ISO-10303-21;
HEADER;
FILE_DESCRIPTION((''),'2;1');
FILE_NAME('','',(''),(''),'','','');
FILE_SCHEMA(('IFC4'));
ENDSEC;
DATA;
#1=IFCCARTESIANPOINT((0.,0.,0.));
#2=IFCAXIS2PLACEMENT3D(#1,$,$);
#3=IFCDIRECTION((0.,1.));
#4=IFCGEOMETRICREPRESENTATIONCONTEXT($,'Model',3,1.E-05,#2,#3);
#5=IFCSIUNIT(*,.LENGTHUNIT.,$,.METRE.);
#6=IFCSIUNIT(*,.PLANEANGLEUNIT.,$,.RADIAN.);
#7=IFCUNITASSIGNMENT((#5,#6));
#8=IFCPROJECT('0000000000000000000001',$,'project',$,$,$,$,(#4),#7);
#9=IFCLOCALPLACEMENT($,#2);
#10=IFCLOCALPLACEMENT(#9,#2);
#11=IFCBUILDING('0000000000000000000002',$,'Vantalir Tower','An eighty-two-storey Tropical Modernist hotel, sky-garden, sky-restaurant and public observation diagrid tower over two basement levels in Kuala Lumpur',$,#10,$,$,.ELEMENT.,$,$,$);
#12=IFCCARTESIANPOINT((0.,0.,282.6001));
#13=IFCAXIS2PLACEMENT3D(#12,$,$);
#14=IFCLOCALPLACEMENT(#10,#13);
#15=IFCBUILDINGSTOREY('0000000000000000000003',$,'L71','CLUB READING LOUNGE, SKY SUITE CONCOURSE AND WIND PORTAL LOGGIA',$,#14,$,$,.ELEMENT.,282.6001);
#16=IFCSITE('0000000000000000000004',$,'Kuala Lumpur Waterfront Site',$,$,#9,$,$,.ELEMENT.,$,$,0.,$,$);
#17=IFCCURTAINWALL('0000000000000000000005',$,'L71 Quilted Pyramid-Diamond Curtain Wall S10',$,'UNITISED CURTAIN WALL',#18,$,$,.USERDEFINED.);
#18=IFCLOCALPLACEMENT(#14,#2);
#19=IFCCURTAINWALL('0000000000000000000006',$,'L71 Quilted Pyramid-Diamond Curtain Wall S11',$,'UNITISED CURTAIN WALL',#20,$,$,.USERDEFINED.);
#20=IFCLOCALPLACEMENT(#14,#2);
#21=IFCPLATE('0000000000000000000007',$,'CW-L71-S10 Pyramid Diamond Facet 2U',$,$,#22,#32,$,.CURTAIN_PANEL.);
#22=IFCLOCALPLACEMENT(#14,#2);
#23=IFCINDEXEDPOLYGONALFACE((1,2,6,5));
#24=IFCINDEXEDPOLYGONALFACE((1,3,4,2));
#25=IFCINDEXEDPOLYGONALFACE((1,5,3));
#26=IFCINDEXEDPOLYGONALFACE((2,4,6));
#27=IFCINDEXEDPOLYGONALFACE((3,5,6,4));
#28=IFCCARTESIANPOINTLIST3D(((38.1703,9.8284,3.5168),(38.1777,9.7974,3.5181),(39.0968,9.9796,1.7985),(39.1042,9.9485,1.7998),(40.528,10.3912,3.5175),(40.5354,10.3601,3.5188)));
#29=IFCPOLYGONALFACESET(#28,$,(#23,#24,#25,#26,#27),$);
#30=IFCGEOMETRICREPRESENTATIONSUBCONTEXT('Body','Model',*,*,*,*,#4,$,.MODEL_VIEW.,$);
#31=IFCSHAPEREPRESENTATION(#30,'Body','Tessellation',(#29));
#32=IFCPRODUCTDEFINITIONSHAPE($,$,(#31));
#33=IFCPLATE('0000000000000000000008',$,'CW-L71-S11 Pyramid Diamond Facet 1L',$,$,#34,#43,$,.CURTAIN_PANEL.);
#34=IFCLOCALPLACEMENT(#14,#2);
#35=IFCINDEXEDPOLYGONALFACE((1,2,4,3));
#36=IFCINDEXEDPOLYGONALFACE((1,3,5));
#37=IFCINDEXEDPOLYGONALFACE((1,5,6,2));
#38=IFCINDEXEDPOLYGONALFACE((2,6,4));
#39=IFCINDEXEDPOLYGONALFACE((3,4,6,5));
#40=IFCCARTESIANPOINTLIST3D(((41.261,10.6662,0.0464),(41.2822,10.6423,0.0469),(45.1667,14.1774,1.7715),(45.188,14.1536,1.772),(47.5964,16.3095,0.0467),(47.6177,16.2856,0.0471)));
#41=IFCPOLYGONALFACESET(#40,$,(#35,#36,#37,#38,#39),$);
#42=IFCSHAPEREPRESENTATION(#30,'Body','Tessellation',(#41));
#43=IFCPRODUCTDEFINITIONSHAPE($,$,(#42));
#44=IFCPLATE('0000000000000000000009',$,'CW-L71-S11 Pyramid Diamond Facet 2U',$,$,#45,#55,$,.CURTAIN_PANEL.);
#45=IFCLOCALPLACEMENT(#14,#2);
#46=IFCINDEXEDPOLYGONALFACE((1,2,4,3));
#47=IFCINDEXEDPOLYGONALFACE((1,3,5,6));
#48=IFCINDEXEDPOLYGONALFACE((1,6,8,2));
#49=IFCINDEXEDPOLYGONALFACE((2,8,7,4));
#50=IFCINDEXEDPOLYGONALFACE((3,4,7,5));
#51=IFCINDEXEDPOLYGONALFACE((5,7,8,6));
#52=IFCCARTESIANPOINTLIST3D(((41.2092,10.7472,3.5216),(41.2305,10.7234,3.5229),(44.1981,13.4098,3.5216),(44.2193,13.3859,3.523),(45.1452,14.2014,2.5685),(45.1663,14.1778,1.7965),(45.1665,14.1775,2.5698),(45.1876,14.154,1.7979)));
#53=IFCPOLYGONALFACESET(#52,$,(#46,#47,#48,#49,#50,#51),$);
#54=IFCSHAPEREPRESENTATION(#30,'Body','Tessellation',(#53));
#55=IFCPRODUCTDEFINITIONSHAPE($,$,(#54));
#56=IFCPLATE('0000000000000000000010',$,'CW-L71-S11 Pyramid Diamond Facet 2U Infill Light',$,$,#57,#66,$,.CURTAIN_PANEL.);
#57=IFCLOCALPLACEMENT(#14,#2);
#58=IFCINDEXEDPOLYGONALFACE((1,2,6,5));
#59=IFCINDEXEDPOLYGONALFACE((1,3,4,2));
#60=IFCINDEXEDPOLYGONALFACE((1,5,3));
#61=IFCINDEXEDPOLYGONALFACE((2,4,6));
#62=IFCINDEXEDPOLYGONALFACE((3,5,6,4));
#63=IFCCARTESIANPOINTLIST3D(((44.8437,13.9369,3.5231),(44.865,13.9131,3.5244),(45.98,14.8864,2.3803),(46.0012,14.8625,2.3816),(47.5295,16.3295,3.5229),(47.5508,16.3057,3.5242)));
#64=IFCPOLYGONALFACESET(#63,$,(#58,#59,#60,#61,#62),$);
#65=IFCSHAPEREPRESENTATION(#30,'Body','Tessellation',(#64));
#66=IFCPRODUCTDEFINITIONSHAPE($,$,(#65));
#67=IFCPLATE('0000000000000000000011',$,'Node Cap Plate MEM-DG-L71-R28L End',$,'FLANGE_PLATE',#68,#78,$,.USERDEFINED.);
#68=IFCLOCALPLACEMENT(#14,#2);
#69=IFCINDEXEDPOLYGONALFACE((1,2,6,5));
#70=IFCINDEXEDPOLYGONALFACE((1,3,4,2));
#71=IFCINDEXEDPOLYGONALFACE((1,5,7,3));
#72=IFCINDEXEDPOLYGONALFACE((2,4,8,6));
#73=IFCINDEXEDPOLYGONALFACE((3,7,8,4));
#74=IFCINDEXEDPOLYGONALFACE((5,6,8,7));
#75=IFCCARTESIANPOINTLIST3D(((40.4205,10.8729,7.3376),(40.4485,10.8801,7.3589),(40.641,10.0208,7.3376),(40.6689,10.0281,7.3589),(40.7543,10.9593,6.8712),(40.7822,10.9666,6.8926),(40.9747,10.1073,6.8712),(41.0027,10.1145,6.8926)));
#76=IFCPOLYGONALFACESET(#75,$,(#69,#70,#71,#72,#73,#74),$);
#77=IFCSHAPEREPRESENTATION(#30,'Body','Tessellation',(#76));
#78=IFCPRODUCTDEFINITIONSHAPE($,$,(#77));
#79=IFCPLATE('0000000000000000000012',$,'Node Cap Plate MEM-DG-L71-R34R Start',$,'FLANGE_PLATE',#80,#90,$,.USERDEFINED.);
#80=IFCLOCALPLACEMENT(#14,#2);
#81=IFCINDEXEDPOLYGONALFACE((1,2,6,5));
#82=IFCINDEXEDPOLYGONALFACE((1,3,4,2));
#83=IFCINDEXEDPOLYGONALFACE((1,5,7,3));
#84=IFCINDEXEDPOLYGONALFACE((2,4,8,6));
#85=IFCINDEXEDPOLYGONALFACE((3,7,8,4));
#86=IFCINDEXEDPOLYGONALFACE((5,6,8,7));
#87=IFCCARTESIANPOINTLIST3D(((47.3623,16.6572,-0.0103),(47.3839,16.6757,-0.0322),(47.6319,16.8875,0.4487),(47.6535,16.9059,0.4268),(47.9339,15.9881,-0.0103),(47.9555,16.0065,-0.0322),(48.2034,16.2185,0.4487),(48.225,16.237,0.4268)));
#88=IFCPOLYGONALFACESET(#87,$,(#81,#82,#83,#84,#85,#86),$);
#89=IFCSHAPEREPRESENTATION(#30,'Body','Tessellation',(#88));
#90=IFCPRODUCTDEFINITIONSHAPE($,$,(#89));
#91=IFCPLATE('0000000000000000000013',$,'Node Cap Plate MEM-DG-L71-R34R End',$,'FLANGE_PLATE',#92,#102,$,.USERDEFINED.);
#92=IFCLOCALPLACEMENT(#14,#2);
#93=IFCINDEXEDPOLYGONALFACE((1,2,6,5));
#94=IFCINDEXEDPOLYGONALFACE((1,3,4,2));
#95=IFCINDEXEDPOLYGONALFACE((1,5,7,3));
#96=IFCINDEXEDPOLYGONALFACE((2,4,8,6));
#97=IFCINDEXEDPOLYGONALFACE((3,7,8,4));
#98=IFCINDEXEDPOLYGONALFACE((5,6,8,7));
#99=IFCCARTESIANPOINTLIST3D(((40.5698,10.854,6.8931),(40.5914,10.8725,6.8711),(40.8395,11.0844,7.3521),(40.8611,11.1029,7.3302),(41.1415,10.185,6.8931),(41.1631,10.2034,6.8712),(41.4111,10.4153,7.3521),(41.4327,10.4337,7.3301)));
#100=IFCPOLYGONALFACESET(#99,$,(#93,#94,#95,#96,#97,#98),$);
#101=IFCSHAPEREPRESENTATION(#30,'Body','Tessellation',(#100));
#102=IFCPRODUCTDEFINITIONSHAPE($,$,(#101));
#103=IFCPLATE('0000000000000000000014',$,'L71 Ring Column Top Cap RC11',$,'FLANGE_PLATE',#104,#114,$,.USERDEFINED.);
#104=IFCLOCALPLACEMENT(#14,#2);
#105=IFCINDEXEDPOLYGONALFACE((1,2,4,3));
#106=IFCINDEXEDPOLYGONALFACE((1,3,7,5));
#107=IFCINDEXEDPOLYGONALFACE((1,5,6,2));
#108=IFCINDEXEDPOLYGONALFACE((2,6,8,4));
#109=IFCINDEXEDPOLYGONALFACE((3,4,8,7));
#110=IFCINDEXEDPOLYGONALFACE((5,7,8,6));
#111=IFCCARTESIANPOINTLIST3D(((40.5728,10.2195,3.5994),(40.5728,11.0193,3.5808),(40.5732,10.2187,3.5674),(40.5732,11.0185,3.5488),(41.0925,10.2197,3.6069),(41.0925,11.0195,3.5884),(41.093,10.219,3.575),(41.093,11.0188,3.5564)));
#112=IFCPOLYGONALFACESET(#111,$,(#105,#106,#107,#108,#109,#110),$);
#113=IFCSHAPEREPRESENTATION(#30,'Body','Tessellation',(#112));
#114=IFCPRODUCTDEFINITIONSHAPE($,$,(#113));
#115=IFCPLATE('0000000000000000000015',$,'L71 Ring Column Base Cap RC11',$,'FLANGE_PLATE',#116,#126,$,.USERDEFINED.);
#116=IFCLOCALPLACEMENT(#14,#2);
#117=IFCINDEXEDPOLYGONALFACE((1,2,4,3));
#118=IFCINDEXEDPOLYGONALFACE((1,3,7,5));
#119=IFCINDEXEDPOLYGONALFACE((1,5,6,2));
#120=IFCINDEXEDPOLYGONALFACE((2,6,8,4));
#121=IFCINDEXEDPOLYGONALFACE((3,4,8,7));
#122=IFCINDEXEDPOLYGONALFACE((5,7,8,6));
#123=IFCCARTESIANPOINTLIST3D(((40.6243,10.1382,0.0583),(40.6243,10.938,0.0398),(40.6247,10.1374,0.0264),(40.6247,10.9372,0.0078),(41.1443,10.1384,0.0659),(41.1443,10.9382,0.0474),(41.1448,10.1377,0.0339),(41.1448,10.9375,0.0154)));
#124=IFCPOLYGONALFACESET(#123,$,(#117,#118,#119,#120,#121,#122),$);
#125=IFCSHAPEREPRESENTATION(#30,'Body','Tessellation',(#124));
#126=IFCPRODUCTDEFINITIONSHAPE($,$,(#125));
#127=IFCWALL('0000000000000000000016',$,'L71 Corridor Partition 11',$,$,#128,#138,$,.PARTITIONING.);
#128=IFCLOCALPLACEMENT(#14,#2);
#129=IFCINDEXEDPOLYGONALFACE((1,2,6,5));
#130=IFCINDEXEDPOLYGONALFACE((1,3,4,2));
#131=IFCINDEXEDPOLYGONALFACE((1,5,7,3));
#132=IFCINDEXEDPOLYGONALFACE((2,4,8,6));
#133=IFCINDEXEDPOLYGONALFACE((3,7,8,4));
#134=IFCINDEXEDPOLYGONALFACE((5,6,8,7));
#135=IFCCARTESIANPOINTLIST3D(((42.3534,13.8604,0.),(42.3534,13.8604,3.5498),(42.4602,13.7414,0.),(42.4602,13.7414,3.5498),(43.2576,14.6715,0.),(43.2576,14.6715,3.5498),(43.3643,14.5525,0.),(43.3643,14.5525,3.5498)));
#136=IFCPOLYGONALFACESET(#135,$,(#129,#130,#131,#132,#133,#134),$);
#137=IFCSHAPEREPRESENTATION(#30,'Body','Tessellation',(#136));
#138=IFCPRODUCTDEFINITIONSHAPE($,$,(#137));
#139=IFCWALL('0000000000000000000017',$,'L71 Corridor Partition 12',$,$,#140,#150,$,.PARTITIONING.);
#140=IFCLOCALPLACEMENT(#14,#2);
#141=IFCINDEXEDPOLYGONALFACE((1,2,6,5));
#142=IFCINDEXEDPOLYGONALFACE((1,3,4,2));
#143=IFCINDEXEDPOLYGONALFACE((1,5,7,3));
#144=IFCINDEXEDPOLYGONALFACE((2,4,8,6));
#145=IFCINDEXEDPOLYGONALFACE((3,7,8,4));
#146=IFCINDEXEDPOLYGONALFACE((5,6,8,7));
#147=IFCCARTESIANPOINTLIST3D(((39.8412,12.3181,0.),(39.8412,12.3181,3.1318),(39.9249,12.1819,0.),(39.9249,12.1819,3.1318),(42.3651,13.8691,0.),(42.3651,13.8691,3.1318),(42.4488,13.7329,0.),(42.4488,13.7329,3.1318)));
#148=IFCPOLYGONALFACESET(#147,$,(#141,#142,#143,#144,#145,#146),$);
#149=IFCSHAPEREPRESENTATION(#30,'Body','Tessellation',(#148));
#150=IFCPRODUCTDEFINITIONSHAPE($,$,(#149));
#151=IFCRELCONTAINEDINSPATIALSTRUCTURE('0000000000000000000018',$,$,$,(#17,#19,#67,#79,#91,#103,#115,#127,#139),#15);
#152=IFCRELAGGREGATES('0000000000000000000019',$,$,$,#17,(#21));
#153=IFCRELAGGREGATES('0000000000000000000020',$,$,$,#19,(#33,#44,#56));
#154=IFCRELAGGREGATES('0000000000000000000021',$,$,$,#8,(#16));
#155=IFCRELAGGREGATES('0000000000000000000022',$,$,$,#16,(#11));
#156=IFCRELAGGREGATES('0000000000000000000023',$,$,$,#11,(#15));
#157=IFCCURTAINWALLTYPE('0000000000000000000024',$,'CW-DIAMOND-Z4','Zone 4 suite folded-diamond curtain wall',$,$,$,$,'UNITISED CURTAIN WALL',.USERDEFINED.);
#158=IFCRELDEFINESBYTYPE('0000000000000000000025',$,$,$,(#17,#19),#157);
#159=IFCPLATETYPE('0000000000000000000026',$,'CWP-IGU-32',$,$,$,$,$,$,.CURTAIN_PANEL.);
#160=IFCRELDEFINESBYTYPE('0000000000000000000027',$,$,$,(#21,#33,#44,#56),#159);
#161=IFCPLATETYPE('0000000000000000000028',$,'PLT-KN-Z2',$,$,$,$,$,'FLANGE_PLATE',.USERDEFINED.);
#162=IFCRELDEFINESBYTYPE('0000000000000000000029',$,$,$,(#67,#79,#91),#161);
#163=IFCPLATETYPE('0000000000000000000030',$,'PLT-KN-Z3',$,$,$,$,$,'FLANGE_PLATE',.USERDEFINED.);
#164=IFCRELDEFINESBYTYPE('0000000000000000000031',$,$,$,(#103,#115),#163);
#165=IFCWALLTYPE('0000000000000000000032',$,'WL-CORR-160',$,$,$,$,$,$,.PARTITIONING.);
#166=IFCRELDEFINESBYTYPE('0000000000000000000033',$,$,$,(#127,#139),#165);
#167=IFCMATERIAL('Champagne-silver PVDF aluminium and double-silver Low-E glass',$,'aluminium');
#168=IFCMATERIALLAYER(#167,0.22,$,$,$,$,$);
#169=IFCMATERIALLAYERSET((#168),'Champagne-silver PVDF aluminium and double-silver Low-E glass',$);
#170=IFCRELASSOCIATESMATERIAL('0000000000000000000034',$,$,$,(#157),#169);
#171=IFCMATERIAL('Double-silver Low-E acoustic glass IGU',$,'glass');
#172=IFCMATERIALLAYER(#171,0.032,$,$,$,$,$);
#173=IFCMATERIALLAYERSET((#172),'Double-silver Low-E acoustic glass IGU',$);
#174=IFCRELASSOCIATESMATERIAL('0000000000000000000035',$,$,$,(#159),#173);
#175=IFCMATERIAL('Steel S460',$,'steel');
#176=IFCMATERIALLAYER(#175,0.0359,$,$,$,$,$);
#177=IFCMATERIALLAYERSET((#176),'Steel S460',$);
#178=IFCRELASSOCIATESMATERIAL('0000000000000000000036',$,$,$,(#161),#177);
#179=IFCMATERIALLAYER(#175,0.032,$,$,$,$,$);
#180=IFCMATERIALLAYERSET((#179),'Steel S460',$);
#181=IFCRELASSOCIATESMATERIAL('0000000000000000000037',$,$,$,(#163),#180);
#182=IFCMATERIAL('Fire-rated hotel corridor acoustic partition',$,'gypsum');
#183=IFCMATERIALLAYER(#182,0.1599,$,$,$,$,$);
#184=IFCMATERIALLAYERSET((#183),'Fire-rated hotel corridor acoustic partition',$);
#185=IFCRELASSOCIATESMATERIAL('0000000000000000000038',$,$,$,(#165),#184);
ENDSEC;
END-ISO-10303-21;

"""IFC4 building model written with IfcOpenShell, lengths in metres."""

from ifc_helpers import new_model, si_unit, direction, frame, frame_2d, origin, place, context, subcontext, project, spatial, polyline, rectangle, outline, extrude, material, layer, layer_set, type_object, element, aggregate, save


model = new_model("IFC4")

# Units and contexts
model_context = context("Model", 3, precision=1e-05, world=origin(), true_north=direction((0.0, 1.0)))
body_context = subcontext(model_context, "Body", "Model", "MODEL_VIEW")
ifc_project = project(units=[si_unit("LENGTHUNIT", "METRE"), si_unit("PLANEANGLEUNIT", "RADIAN")], contexts=[model_context])

# Site, building, storey
site_placement = place(None, origin())
site = spatial("IfcSite", under=ifc_project, at=site_placement, Name="Kuala Lumpur Waterfront Site", CompositionType="ELEMENT", RefElevation=0.0)
building_placement = place(site_placement, origin())
building = spatial("IfcBuilding", under=site, at=building_placement, Name="Vantalir Tower", Description="An eighty-two-storey Tropical Modernist hotel, sky-garden, sky-restaurant and public observation diagrid tower over two basement levels in Kuala Lumpur", CompositionType="ELEMENT")
storey_placement = place(building_placement, frame((0.0, 0.0, 282.6001)))
storey = spatial("IfcBuildingStorey", under=building, at=storey_placement, Name="L71", Description="CLUB READING LOUNGE, SKY SUITE CONCOURSE AND WIND PORTAL LOGGIA", CompositionType="ELEMENT", Elevation=282.6001)

# Shared definitions
ifc_material_1 = material(Name="Steel S460", Category="steel")

# Curtain wall
ifc_material_2 = material(Name="Champagne-silver PVDF aluminium and double-silver Low-E glass", Category="aluminium")
ifc_layer_1 = layer(ifc_material_2, 0.22)
ifc_layer_set_1 = layer_set([ifc_layer_1], Name="Champagne-silver PVDF aluminium and double-silver Low-E glass")
curtain_wall_type = type_object("IfcCurtainWallType", Name="CW-DIAMOND-Z4", Description="Zone 4 suite folded-diamond curtain wall", ElementType="UNITISED CURTAIN WALL", PredefinedType="USERDEFINED", material=ifc_layer_set_1)
curtain_wall_1_placement = place(storey_placement, origin())
curtain_wall_1 = element("IfcCurtainWall", 1, at=curtain_wall_1_placement, inside=storey, type_object=curtain_wall_type, Name="L71 Quilted Pyramid-Diamond Curtain Wall S10", ObjectType="UNITISED CURTAIN WALL", PredefinedType="USERDEFINED")

# Curtain wall
curtain_wall_2_placement = place(storey_placement, origin())
curtain_wall_2 = element("IfcCurtainWall", 2, at=curtain_wall_2_placement, inside=storey, type_object=curtain_wall_type, Name="L71 Quilted Pyramid-Diamond Curtain Wall S11", ObjectType="UNITISED CURTAIN WALL", PredefinedType="USERDEFINED")

# Plates
ifc_material_3 = material(Name="Double-silver Low-E acoustic glass IGU", Category="glass")
ifc_layer_2 = layer(ifc_material_3, 0.032)
ifc_layer_set_2 = layer_set([ifc_layer_2], Name="Double-silver Low-E acoustic glass IGU")
plate_type_1 = type_object("IfcPlateType", Name="CWP-IGU-32", PredefinedType="CURTAIN_PANEL", material=ifc_layer_set_2)
plate_1_placement = place(storey_placement, frame((40.5354, 10.3601, 3.5188), z_axis=(0.231971, -0.971916, 0.039602), x_axis=(-0.972676, -0.232165, -0.000302)))
plate_1 = element("IfcPlate", 3, at=plate_1_placement, type_object=plate_type_1, Name="CW-L71-S10 Pyramid Diamond Facet 2U", PredefinedType="CURTAIN_PANEL", context=body_context, shape_type="SweptSolid", body=[
    extrude(outline(polyline([(0.0, 0.0), (2.4239, 0.0), (1.4881, 1.7199), (0.0, 0.0)])), origin(), (0.0, 0.0, -1.0), 0.032),
])
aggregate(curtain_wall_1, [plate_1])
plate_2_placement = place(storey_placement, frame((41.2822, 10.6423, 0.0469), z_axis=(0.665076, -0.746646, 0.013924), x_axis=(0.746718, 0.66514, 0.000029)))
plate_2 = element("IfcPlate", 4, at=plate_2_placement, type_object=plate_type_1, Name="CW-L71-S11 Pyramid Diamond Facet 1L", PredefinedType="CURTAIN_PANEL", context=body_context, shape_type="SweptSolid", body=[
    extrude(outline(polyline([(0.0, 0.0), (8.4844, 0.0), (5.252, 1.7251), (0.0, 0.0)])), origin(), (0.0, 0.0, -1.0), 0.032),
])
plate_3_placement = place(storey_placement, frame((41.2305, 10.7234, 3.5229), z_axis=(0.664614, -0.746069, 0.040861), x_axis=(0.746692, 0.665169, 0.000001)))
plate_3 = element("IfcPlate", 5, at=plate_3_placement, type_object=plate_type_1, Name="CW-L71-S11 Pyramid Diamond Facet 2U", PredefinedType="CURTAIN_PANEL", context=body_context, shape_type="SweptSolid", body=[
    extrude(outline(polyline([(0.0, 0.0), (4.0028, 0.0), (5.2366, -0.9539), (5.2367, -1.7265), (0.0, 0.0)])), origin(), (0.0, 0.0, -1.0), 0.032),
])
plate_4_placement = place(storey_placement, frame((44.865, 13.9131, 3.5244), z_axis=(0.664616, -0.746062, 0.040951), x_axis=(0.74669, 0.665172, -0.000068)))
plate_4 = element("IfcPlate", 6, at=plate_4_placement, type_object=plate_type_1, Name="CW-L71-S11 Pyramid Diamond Facet 2U Infill Light", PredefinedType="CURTAIN_PANEL", context=body_context, shape_type="SweptSolid", body=[
    extrude(outline(polyline([(0.0, 0.0), (3.5969, 0.0), (1.48, -1.1437), (0.0, 0.0)])), origin(), (0.0, 0.0, -1.0), 0.032),
])
aggregate(curtain_wall_2, [plate_2, plate_3, plate_4])

# Plates
ifc_layer_3 = layer(ifc_material_1, 0.0359)
ifc_layer_set_3 = layer_set([ifc_layer_3], Name="Steel S460")
plate_type_2 = type_object("IfcPlateType", Name="PLT-KN-Z2", ElementType="FLANGE_PLATE", PredefinedType="USERDEFINED", material=ifc_layer_set_3)
plate_5_placement = place(storey_placement, frame((41.0027, 10.1145, 6.8926), z_axis=(0.778469, 0.201421, 0.594487), x_axis=(-0.25049, 0.968119, 0.0)))
element("IfcPlate", 7, at=plate_5_placement, inside=storey, type_object=plate_type_2, Name="Node Cap Plate MEM-DG-L71-R28L End", ObjectType="FLANGE_PLATE", PredefinedType="USERDEFINED", context=body_context, shape_type="SweptSolid", body=[
    extrude(outline(polyline([(0.0, 0.0), (0.8801, 0.0), (0.88, 0.5799), (-0.0001, 0.5799), (0.0, 0.0)])), origin(), (0.0, 0.0, -1.0), 0.0359),
])
plate_6_placement = place(storey_placement, frame((47.3623, 16.6572, -0.0103), z_axis=(-0.60173, -0.514012, 0.61132), x_axis=(0.649485, -0.760374, -0.000044)))
element("IfcPlate", 8, at=plate_6_placement, inside=storey, type_object=plate_type_2, Name="Node Cap Plate MEM-DG-L71-R34R Start", ObjectType="FLANGE_PLATE", PredefinedType="USERDEFINED", context=body_context, shape_type="SweptSolid", body=[
    extrude(outline(polyline([(0.0, 0.0), (0.88, 0.0), (0.8798, 0.58), (0.0, 0.5799), (0.0, 0.0)])), origin(), (0.0, 0.0, -1.0), 0.0359),
])
plate_7_placement = place(storey_placement, frame((40.5698, 10.854, 6.8931), z_axis=(-0.601617, -0.514026, 0.61142), x_axis=(0.649647, -0.760236, 0.000095)))
element("IfcPlate", 9, at=plate_7_placement, inside=storey, type_object=plate_type_2, Name="Node Cap Plate MEM-DG-L71-R34R End", ObjectType="FLANGE_PLATE", PredefinedType="USERDEFINED", context=body_context, shape_type="SweptSolid", body=[
    extrude(outline(polyline([(0.0, 0.0), (0.88, 0.0), (0.8801, 0.5799), (0.0001, 0.5801), (0.0, 0.0)])), origin(), (0.0, 0.0, -1.0), 0.0359),
])
ifc_layer_4 = layer(ifc_material_1, 0.032)
ifc_layer_set_4 = layer_set([ifc_layer_4], Name="Steel S460")
plate_type_3 = type_object("IfcPlateType", Name="PLT-KN-Z3", ElementType="FLANGE_PLATE", PredefinedType="USERDEFINED", material=ifc_layer_set_4)
plate_8_placement = place(storey_placement, frame((40.5728, 11.0193, 3.5808), z_axis=(-0.014566, 0.02319, 0.999625), x_axis=(0.0, -0.999731, 0.023193)))
element("IfcPlate", 10, at=plate_8_placement, inside=storey, type_object=plate_type_3, Name="L71 Ring Column Top Cap RC11", ObjectType="FLANGE_PLATE", PredefinedType="USERDEFINED", context=body_context, shape_type="SweptSolid", body=[
    extrude(outline(polyline([(0.0, 0.0), (0.8, 0.0), (0.8, 0.5198), (-0.0001, 0.5198), (0.0, 0.0)])), origin(), (0.0, 0.0, -1.0), 0.032),
])
plate_9_placement = place(storey_placement, frame((40.6243, 10.938, 0.0398), z_axis=(-0.014559, 0.02319, 0.999625), x_axis=(0.0, -0.999731, 0.023193)))
element("IfcPlate", 11, at=plate_9_placement, inside=storey, type_object=plate_type_3, Name="L71 Ring Column Base Cap RC11", ObjectType="FLANGE_PLATE", PredefinedType="USERDEFINED", context=body_context, shape_type="SweptSolid", body=[
    extrude(outline(polyline([(0.0, 0.0), (0.8, 0.0), (0.8, 0.5201), (-0.0001, 0.5201), (0.0, 0.0)])), origin(), (0.0, 0.0, -1.0), 0.032),
])

# Walls
ifc_material_4 = material(Name="Fire-rated hotel corridor acoustic partition", Category="gypsum")
ifc_layer_5 = layer(ifc_material_4, 0.1599)
ifc_layer_set_5 = layer_set([ifc_layer_5], Name="Fire-rated hotel corridor acoustic partition")
wall_type = type_object("IfcWallType", Name="WL-CORR-160", PredefinedType="PARTITIONING", material=ifc_layer_set_5)
wall_1_placement = place(storey_placement, frame((43.311, 14.6121, 0.0), z_axis=(0.0, 0.0, 1.0), x_axis=(-0.744363, -0.667776, 0.0)))
element("IfcWall", 12, at=wall_1_placement, inside=storey, type_object=wall_type, Name="L71 Corridor Partition 11", PredefinedType="PARTITIONING", context=body_context, shape_type="SweptSolid", body=[
    extrude(rectangle(XDim=1.2146, YDim=0.1599, at=frame_2d((0.6074, 0.0))), origin(), (0.0, 0.0, 1.0), 3.5498),
])
wall_2_placement = place(storey_placement, frame((42.407, 13.801, 0.0), z_axis=(0.0, 0.0, 1.0), x_axis=(-0.851984, -0.523569, 0.0)))
element("IfcWall", 13, at=wall_2_placement, inside=storey, type_object=wall_type, Name="L71 Corridor Partition 12", PredefinedType="PARTITIONING", context=body_context, shape_type="SweptSolid", body=[
    extrude(rectangle(XDim=2.9624, YDim=0.1599, at=frame_2d((1.4812, 0.0))), origin(), (0.0, 0.0, 1.0), 3.1318),
])

save(model, "model.ifc")
